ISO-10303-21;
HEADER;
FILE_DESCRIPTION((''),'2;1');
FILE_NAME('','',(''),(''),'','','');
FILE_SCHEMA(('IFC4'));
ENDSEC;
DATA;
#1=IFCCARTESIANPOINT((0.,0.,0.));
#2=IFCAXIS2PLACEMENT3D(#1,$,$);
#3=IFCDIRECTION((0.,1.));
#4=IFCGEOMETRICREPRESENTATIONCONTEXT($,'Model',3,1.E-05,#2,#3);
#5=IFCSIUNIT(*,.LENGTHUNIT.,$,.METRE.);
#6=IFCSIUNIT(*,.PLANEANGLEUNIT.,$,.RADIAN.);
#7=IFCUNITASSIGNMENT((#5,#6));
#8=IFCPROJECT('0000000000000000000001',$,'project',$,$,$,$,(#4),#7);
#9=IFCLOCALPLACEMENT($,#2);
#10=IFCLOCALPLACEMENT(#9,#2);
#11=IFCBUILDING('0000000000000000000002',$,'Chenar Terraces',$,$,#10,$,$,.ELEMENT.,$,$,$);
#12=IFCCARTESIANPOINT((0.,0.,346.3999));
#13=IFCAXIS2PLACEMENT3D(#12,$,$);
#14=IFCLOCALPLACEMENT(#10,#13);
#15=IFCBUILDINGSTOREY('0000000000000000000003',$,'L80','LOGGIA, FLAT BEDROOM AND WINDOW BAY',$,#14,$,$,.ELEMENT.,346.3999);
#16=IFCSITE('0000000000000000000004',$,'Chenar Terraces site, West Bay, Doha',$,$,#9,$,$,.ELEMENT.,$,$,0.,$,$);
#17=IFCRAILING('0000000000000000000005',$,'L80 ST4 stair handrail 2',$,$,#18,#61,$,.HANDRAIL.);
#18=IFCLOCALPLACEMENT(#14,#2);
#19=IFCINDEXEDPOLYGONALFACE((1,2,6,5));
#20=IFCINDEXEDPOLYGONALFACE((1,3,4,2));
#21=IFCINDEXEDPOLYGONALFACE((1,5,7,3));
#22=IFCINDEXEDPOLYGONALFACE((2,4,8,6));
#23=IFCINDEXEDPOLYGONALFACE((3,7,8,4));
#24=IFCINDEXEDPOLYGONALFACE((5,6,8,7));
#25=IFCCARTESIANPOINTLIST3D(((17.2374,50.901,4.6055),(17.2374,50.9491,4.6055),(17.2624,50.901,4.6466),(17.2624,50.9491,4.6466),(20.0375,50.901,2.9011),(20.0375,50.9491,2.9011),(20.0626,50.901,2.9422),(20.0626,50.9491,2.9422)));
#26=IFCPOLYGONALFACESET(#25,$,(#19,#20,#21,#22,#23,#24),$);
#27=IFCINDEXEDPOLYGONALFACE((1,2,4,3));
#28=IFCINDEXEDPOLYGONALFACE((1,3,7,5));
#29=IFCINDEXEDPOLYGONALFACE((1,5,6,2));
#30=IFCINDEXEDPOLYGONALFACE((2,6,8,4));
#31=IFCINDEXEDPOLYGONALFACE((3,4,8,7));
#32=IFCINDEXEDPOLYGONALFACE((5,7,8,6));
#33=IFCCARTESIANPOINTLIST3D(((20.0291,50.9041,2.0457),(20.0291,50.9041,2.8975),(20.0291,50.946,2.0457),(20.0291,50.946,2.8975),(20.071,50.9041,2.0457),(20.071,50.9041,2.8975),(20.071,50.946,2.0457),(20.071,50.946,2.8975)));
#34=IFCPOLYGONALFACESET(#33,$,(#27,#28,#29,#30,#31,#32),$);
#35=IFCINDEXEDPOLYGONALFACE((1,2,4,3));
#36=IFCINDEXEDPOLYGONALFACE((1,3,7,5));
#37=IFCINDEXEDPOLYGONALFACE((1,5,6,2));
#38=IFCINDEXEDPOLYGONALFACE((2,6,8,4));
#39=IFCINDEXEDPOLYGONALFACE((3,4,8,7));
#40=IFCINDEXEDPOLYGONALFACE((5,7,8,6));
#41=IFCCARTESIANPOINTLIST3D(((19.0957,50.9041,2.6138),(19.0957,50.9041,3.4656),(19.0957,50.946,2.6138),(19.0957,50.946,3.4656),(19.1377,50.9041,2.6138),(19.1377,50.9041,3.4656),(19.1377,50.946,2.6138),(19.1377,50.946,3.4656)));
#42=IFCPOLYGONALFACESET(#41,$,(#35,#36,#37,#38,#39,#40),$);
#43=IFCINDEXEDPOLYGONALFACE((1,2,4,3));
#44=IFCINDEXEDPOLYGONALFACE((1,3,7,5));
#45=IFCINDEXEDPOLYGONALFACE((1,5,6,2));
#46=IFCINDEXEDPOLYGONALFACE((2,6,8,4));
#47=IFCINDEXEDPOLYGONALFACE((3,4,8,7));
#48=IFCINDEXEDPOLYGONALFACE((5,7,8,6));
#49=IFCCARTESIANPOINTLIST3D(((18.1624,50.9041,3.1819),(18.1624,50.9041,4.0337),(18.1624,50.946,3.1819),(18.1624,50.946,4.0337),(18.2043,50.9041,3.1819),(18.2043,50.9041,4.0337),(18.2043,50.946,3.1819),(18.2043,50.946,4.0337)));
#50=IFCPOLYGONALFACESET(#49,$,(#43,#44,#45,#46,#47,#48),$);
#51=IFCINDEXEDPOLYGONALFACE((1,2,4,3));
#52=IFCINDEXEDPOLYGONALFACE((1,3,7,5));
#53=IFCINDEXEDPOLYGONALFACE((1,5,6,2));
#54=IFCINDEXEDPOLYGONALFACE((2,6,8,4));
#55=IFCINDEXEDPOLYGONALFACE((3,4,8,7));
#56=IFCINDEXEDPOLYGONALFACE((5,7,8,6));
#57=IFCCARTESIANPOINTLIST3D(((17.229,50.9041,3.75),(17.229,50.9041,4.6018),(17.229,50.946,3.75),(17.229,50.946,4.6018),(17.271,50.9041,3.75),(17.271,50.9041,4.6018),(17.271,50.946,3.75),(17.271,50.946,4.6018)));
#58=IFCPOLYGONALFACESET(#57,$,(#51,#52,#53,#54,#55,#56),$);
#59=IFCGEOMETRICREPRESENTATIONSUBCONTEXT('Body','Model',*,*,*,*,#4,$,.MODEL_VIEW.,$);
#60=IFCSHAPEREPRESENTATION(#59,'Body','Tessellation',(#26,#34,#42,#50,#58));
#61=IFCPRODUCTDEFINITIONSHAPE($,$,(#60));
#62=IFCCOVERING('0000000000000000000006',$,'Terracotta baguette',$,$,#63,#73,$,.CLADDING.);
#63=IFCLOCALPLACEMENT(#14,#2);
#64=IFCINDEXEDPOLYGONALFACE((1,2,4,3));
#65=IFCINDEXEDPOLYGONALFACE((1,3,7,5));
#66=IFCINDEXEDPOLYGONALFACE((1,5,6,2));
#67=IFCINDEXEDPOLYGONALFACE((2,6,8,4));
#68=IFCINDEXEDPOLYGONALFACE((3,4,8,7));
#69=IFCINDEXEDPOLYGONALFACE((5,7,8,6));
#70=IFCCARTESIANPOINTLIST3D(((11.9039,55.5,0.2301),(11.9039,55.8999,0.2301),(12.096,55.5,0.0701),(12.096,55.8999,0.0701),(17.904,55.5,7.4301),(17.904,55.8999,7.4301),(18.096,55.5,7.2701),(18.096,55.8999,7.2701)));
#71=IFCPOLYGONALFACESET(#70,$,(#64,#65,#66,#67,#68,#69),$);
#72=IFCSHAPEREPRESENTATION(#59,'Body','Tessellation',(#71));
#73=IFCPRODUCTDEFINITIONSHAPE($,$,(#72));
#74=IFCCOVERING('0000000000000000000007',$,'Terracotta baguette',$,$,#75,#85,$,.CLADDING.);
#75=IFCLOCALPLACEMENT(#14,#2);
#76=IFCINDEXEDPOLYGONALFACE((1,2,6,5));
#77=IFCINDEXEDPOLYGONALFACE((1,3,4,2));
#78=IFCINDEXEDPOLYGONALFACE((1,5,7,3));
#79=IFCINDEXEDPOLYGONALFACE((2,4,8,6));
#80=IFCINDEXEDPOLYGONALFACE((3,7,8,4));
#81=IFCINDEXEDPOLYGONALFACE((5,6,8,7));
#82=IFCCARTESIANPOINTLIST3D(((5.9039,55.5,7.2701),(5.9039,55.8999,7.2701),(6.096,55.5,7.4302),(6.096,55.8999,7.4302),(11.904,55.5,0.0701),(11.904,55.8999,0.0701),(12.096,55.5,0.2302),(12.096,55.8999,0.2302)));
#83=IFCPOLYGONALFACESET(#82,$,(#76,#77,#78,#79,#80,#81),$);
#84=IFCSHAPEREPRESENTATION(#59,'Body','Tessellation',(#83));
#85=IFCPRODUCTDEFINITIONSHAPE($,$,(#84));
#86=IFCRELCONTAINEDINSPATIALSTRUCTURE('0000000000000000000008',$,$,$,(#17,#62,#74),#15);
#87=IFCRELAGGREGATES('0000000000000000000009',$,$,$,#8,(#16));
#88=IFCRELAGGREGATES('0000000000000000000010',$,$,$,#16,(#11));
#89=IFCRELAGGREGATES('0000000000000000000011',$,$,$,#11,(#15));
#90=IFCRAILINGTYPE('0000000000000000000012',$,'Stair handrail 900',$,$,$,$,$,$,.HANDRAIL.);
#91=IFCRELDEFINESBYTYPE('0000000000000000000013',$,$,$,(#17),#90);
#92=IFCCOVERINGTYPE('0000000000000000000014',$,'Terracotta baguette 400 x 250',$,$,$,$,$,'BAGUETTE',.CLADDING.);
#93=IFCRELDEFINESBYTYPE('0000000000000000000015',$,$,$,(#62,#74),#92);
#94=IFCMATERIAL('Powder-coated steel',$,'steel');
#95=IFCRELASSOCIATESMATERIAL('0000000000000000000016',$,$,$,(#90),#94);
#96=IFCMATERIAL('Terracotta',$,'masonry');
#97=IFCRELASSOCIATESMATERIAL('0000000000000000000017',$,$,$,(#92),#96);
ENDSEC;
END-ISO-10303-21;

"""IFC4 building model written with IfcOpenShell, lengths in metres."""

from ifc_helpers import new_model, si_unit, direction, frame, origin, origin_2d, place, context, subcontext, project, spatial, rectangle, extrude, material, material_profile, profile_set, type_object, element, save


model = new_model("IFC4")

# Units and contexts
model_context = context("Model", 3, precision=1e-05, world=origin(), true_north=direction((0.0, 1.0)))
body_context = subcontext(model_context, "Body", "Model", "MODEL_VIEW")
ifc_project = project(units=[si_unit("LENGTHUNIT", "METRE"), si_unit("PLANEANGLEUNIT", "RADIAN")], contexts=[model_context])

# Site, building, storey
site_placement = place(None, origin())
site = spatial("IfcSite", under=ifc_project, at=site_placement, Name="Chenar Terraces site, West Bay, Doha", CompositionType="ELEMENT", RefElevation=0.0)
building_placement = place(site_placement, origin())
building = spatial("IfcBuilding", under=site, at=building_placement, Name="Chenar Terraces", CompositionType="ELEMENT")
storey_placement = place(building_placement, frame((0.0, 0.0, 346.3999)))
storey = spatial("IfcBuildingStorey", under=building, at=storey_placement, Name="L80", Description="LOGGIA, FLAT BEDROOM AND WINDOW BAY", CompositionType="ELEMENT", Elevation=346.3999)

# Railing
ifc_material_1 = material(Name="Powder-coated steel", Category="steel")
railing_type_1 = type_object("IfcRailingType", Name="Stair handrail 900", PredefinedType="HANDRAIL", material=ifc_material_1)
railing_1_placement = place(storey_placement, frame((20.05, 50.925, 2.0457)))
element("IfcRailing", 1, at=railing_1_placement, inside=storey, type_object=railing_type_1, Name="L80 ST4 stair handrail 2", PredefinedType="HANDRAIL", context=body_context, shape_type="SweptSolid", body=[
    extrude(rectangle(XDim=0.0481, YDim=0.0481, at=origin_2d()), frame((0.0, 0.0, 0.876), z_axis=(-0.854203, 0.0, 0.51994), x_axis=(0.0, -1.0, 0.0)), (0.0, 0.0, 1.0), 3.2781),
    extrude(rectangle(XDim=0.042, YDim=0.042, at=origin_2d()), origin(), (0.0, 0.0, 1.0), 0.8518),
    extrude(rectangle(XDim=0.042, YDim=0.042, at=origin_2d()), frame((-0.9333, 0.0, 0.5681)), (0.0, 0.0, 1.0), 0.8518),
    extrude(rectangle(XDim=0.042, YDim=0.042, at=origin_2d()), frame((-1.8667, 0.0, 1.1362)), (0.0, 0.0, 1.0), 0.8518),
    extrude(rectangle(XDim=0.042, YDim=0.042, at=origin_2d()), frame((-2.8, 0.0, 1.7043)), (0.0, 0.0, 1.0), 0.8518),
])

# Coverings
ifc_material_2 = material(Name="Terracotta", Category="masonry")
ifc_material_profile = material_profile(ifc_material_2, rectangle(XDim=0.3999, YDim=0.25, at=origin_2d()), Name="Terracotta baguette 400 x 250")
ifc_profile_set = profile_set([ifc_material_profile], Name="Terracotta")
covering_type = type_object("IfcCoveringType", Name="Terracotta baguette 400 x 250", ElementType="BAGUETTE", PredefinedType="CLADDING", material=ifc_profile_set)
for number, where, z_axis, x_axis, name in (
    (2, (18.0, 55.7, 7.3501), (-0.640187, 0.0, -0.768219), (0.0, -1.0, 0.0), "Terracotta baguette"),
    (3, (12.0, 55.7, 0.1501), (-0.640187, 0.0, 0.768219), (0.0, -1.0, 0.0), "Terracotta baguette"),
):
    element("IfcCovering", number, at=place(storey_placement, frame(where, z_axis=z_axis, x_axis=x_axis)), inside=storey, type_object=covering_type, Name=name, PredefinedType="CLADDING", context=body_context, shape_type="SweptSolid", body=[
        extrude(rectangle(XDim=0.3999, YDim=0.25, at=origin_2d()), origin(), (0.0, 0.0, 1.0), 9.3723),
    ])

save(model, "model.ifc")
